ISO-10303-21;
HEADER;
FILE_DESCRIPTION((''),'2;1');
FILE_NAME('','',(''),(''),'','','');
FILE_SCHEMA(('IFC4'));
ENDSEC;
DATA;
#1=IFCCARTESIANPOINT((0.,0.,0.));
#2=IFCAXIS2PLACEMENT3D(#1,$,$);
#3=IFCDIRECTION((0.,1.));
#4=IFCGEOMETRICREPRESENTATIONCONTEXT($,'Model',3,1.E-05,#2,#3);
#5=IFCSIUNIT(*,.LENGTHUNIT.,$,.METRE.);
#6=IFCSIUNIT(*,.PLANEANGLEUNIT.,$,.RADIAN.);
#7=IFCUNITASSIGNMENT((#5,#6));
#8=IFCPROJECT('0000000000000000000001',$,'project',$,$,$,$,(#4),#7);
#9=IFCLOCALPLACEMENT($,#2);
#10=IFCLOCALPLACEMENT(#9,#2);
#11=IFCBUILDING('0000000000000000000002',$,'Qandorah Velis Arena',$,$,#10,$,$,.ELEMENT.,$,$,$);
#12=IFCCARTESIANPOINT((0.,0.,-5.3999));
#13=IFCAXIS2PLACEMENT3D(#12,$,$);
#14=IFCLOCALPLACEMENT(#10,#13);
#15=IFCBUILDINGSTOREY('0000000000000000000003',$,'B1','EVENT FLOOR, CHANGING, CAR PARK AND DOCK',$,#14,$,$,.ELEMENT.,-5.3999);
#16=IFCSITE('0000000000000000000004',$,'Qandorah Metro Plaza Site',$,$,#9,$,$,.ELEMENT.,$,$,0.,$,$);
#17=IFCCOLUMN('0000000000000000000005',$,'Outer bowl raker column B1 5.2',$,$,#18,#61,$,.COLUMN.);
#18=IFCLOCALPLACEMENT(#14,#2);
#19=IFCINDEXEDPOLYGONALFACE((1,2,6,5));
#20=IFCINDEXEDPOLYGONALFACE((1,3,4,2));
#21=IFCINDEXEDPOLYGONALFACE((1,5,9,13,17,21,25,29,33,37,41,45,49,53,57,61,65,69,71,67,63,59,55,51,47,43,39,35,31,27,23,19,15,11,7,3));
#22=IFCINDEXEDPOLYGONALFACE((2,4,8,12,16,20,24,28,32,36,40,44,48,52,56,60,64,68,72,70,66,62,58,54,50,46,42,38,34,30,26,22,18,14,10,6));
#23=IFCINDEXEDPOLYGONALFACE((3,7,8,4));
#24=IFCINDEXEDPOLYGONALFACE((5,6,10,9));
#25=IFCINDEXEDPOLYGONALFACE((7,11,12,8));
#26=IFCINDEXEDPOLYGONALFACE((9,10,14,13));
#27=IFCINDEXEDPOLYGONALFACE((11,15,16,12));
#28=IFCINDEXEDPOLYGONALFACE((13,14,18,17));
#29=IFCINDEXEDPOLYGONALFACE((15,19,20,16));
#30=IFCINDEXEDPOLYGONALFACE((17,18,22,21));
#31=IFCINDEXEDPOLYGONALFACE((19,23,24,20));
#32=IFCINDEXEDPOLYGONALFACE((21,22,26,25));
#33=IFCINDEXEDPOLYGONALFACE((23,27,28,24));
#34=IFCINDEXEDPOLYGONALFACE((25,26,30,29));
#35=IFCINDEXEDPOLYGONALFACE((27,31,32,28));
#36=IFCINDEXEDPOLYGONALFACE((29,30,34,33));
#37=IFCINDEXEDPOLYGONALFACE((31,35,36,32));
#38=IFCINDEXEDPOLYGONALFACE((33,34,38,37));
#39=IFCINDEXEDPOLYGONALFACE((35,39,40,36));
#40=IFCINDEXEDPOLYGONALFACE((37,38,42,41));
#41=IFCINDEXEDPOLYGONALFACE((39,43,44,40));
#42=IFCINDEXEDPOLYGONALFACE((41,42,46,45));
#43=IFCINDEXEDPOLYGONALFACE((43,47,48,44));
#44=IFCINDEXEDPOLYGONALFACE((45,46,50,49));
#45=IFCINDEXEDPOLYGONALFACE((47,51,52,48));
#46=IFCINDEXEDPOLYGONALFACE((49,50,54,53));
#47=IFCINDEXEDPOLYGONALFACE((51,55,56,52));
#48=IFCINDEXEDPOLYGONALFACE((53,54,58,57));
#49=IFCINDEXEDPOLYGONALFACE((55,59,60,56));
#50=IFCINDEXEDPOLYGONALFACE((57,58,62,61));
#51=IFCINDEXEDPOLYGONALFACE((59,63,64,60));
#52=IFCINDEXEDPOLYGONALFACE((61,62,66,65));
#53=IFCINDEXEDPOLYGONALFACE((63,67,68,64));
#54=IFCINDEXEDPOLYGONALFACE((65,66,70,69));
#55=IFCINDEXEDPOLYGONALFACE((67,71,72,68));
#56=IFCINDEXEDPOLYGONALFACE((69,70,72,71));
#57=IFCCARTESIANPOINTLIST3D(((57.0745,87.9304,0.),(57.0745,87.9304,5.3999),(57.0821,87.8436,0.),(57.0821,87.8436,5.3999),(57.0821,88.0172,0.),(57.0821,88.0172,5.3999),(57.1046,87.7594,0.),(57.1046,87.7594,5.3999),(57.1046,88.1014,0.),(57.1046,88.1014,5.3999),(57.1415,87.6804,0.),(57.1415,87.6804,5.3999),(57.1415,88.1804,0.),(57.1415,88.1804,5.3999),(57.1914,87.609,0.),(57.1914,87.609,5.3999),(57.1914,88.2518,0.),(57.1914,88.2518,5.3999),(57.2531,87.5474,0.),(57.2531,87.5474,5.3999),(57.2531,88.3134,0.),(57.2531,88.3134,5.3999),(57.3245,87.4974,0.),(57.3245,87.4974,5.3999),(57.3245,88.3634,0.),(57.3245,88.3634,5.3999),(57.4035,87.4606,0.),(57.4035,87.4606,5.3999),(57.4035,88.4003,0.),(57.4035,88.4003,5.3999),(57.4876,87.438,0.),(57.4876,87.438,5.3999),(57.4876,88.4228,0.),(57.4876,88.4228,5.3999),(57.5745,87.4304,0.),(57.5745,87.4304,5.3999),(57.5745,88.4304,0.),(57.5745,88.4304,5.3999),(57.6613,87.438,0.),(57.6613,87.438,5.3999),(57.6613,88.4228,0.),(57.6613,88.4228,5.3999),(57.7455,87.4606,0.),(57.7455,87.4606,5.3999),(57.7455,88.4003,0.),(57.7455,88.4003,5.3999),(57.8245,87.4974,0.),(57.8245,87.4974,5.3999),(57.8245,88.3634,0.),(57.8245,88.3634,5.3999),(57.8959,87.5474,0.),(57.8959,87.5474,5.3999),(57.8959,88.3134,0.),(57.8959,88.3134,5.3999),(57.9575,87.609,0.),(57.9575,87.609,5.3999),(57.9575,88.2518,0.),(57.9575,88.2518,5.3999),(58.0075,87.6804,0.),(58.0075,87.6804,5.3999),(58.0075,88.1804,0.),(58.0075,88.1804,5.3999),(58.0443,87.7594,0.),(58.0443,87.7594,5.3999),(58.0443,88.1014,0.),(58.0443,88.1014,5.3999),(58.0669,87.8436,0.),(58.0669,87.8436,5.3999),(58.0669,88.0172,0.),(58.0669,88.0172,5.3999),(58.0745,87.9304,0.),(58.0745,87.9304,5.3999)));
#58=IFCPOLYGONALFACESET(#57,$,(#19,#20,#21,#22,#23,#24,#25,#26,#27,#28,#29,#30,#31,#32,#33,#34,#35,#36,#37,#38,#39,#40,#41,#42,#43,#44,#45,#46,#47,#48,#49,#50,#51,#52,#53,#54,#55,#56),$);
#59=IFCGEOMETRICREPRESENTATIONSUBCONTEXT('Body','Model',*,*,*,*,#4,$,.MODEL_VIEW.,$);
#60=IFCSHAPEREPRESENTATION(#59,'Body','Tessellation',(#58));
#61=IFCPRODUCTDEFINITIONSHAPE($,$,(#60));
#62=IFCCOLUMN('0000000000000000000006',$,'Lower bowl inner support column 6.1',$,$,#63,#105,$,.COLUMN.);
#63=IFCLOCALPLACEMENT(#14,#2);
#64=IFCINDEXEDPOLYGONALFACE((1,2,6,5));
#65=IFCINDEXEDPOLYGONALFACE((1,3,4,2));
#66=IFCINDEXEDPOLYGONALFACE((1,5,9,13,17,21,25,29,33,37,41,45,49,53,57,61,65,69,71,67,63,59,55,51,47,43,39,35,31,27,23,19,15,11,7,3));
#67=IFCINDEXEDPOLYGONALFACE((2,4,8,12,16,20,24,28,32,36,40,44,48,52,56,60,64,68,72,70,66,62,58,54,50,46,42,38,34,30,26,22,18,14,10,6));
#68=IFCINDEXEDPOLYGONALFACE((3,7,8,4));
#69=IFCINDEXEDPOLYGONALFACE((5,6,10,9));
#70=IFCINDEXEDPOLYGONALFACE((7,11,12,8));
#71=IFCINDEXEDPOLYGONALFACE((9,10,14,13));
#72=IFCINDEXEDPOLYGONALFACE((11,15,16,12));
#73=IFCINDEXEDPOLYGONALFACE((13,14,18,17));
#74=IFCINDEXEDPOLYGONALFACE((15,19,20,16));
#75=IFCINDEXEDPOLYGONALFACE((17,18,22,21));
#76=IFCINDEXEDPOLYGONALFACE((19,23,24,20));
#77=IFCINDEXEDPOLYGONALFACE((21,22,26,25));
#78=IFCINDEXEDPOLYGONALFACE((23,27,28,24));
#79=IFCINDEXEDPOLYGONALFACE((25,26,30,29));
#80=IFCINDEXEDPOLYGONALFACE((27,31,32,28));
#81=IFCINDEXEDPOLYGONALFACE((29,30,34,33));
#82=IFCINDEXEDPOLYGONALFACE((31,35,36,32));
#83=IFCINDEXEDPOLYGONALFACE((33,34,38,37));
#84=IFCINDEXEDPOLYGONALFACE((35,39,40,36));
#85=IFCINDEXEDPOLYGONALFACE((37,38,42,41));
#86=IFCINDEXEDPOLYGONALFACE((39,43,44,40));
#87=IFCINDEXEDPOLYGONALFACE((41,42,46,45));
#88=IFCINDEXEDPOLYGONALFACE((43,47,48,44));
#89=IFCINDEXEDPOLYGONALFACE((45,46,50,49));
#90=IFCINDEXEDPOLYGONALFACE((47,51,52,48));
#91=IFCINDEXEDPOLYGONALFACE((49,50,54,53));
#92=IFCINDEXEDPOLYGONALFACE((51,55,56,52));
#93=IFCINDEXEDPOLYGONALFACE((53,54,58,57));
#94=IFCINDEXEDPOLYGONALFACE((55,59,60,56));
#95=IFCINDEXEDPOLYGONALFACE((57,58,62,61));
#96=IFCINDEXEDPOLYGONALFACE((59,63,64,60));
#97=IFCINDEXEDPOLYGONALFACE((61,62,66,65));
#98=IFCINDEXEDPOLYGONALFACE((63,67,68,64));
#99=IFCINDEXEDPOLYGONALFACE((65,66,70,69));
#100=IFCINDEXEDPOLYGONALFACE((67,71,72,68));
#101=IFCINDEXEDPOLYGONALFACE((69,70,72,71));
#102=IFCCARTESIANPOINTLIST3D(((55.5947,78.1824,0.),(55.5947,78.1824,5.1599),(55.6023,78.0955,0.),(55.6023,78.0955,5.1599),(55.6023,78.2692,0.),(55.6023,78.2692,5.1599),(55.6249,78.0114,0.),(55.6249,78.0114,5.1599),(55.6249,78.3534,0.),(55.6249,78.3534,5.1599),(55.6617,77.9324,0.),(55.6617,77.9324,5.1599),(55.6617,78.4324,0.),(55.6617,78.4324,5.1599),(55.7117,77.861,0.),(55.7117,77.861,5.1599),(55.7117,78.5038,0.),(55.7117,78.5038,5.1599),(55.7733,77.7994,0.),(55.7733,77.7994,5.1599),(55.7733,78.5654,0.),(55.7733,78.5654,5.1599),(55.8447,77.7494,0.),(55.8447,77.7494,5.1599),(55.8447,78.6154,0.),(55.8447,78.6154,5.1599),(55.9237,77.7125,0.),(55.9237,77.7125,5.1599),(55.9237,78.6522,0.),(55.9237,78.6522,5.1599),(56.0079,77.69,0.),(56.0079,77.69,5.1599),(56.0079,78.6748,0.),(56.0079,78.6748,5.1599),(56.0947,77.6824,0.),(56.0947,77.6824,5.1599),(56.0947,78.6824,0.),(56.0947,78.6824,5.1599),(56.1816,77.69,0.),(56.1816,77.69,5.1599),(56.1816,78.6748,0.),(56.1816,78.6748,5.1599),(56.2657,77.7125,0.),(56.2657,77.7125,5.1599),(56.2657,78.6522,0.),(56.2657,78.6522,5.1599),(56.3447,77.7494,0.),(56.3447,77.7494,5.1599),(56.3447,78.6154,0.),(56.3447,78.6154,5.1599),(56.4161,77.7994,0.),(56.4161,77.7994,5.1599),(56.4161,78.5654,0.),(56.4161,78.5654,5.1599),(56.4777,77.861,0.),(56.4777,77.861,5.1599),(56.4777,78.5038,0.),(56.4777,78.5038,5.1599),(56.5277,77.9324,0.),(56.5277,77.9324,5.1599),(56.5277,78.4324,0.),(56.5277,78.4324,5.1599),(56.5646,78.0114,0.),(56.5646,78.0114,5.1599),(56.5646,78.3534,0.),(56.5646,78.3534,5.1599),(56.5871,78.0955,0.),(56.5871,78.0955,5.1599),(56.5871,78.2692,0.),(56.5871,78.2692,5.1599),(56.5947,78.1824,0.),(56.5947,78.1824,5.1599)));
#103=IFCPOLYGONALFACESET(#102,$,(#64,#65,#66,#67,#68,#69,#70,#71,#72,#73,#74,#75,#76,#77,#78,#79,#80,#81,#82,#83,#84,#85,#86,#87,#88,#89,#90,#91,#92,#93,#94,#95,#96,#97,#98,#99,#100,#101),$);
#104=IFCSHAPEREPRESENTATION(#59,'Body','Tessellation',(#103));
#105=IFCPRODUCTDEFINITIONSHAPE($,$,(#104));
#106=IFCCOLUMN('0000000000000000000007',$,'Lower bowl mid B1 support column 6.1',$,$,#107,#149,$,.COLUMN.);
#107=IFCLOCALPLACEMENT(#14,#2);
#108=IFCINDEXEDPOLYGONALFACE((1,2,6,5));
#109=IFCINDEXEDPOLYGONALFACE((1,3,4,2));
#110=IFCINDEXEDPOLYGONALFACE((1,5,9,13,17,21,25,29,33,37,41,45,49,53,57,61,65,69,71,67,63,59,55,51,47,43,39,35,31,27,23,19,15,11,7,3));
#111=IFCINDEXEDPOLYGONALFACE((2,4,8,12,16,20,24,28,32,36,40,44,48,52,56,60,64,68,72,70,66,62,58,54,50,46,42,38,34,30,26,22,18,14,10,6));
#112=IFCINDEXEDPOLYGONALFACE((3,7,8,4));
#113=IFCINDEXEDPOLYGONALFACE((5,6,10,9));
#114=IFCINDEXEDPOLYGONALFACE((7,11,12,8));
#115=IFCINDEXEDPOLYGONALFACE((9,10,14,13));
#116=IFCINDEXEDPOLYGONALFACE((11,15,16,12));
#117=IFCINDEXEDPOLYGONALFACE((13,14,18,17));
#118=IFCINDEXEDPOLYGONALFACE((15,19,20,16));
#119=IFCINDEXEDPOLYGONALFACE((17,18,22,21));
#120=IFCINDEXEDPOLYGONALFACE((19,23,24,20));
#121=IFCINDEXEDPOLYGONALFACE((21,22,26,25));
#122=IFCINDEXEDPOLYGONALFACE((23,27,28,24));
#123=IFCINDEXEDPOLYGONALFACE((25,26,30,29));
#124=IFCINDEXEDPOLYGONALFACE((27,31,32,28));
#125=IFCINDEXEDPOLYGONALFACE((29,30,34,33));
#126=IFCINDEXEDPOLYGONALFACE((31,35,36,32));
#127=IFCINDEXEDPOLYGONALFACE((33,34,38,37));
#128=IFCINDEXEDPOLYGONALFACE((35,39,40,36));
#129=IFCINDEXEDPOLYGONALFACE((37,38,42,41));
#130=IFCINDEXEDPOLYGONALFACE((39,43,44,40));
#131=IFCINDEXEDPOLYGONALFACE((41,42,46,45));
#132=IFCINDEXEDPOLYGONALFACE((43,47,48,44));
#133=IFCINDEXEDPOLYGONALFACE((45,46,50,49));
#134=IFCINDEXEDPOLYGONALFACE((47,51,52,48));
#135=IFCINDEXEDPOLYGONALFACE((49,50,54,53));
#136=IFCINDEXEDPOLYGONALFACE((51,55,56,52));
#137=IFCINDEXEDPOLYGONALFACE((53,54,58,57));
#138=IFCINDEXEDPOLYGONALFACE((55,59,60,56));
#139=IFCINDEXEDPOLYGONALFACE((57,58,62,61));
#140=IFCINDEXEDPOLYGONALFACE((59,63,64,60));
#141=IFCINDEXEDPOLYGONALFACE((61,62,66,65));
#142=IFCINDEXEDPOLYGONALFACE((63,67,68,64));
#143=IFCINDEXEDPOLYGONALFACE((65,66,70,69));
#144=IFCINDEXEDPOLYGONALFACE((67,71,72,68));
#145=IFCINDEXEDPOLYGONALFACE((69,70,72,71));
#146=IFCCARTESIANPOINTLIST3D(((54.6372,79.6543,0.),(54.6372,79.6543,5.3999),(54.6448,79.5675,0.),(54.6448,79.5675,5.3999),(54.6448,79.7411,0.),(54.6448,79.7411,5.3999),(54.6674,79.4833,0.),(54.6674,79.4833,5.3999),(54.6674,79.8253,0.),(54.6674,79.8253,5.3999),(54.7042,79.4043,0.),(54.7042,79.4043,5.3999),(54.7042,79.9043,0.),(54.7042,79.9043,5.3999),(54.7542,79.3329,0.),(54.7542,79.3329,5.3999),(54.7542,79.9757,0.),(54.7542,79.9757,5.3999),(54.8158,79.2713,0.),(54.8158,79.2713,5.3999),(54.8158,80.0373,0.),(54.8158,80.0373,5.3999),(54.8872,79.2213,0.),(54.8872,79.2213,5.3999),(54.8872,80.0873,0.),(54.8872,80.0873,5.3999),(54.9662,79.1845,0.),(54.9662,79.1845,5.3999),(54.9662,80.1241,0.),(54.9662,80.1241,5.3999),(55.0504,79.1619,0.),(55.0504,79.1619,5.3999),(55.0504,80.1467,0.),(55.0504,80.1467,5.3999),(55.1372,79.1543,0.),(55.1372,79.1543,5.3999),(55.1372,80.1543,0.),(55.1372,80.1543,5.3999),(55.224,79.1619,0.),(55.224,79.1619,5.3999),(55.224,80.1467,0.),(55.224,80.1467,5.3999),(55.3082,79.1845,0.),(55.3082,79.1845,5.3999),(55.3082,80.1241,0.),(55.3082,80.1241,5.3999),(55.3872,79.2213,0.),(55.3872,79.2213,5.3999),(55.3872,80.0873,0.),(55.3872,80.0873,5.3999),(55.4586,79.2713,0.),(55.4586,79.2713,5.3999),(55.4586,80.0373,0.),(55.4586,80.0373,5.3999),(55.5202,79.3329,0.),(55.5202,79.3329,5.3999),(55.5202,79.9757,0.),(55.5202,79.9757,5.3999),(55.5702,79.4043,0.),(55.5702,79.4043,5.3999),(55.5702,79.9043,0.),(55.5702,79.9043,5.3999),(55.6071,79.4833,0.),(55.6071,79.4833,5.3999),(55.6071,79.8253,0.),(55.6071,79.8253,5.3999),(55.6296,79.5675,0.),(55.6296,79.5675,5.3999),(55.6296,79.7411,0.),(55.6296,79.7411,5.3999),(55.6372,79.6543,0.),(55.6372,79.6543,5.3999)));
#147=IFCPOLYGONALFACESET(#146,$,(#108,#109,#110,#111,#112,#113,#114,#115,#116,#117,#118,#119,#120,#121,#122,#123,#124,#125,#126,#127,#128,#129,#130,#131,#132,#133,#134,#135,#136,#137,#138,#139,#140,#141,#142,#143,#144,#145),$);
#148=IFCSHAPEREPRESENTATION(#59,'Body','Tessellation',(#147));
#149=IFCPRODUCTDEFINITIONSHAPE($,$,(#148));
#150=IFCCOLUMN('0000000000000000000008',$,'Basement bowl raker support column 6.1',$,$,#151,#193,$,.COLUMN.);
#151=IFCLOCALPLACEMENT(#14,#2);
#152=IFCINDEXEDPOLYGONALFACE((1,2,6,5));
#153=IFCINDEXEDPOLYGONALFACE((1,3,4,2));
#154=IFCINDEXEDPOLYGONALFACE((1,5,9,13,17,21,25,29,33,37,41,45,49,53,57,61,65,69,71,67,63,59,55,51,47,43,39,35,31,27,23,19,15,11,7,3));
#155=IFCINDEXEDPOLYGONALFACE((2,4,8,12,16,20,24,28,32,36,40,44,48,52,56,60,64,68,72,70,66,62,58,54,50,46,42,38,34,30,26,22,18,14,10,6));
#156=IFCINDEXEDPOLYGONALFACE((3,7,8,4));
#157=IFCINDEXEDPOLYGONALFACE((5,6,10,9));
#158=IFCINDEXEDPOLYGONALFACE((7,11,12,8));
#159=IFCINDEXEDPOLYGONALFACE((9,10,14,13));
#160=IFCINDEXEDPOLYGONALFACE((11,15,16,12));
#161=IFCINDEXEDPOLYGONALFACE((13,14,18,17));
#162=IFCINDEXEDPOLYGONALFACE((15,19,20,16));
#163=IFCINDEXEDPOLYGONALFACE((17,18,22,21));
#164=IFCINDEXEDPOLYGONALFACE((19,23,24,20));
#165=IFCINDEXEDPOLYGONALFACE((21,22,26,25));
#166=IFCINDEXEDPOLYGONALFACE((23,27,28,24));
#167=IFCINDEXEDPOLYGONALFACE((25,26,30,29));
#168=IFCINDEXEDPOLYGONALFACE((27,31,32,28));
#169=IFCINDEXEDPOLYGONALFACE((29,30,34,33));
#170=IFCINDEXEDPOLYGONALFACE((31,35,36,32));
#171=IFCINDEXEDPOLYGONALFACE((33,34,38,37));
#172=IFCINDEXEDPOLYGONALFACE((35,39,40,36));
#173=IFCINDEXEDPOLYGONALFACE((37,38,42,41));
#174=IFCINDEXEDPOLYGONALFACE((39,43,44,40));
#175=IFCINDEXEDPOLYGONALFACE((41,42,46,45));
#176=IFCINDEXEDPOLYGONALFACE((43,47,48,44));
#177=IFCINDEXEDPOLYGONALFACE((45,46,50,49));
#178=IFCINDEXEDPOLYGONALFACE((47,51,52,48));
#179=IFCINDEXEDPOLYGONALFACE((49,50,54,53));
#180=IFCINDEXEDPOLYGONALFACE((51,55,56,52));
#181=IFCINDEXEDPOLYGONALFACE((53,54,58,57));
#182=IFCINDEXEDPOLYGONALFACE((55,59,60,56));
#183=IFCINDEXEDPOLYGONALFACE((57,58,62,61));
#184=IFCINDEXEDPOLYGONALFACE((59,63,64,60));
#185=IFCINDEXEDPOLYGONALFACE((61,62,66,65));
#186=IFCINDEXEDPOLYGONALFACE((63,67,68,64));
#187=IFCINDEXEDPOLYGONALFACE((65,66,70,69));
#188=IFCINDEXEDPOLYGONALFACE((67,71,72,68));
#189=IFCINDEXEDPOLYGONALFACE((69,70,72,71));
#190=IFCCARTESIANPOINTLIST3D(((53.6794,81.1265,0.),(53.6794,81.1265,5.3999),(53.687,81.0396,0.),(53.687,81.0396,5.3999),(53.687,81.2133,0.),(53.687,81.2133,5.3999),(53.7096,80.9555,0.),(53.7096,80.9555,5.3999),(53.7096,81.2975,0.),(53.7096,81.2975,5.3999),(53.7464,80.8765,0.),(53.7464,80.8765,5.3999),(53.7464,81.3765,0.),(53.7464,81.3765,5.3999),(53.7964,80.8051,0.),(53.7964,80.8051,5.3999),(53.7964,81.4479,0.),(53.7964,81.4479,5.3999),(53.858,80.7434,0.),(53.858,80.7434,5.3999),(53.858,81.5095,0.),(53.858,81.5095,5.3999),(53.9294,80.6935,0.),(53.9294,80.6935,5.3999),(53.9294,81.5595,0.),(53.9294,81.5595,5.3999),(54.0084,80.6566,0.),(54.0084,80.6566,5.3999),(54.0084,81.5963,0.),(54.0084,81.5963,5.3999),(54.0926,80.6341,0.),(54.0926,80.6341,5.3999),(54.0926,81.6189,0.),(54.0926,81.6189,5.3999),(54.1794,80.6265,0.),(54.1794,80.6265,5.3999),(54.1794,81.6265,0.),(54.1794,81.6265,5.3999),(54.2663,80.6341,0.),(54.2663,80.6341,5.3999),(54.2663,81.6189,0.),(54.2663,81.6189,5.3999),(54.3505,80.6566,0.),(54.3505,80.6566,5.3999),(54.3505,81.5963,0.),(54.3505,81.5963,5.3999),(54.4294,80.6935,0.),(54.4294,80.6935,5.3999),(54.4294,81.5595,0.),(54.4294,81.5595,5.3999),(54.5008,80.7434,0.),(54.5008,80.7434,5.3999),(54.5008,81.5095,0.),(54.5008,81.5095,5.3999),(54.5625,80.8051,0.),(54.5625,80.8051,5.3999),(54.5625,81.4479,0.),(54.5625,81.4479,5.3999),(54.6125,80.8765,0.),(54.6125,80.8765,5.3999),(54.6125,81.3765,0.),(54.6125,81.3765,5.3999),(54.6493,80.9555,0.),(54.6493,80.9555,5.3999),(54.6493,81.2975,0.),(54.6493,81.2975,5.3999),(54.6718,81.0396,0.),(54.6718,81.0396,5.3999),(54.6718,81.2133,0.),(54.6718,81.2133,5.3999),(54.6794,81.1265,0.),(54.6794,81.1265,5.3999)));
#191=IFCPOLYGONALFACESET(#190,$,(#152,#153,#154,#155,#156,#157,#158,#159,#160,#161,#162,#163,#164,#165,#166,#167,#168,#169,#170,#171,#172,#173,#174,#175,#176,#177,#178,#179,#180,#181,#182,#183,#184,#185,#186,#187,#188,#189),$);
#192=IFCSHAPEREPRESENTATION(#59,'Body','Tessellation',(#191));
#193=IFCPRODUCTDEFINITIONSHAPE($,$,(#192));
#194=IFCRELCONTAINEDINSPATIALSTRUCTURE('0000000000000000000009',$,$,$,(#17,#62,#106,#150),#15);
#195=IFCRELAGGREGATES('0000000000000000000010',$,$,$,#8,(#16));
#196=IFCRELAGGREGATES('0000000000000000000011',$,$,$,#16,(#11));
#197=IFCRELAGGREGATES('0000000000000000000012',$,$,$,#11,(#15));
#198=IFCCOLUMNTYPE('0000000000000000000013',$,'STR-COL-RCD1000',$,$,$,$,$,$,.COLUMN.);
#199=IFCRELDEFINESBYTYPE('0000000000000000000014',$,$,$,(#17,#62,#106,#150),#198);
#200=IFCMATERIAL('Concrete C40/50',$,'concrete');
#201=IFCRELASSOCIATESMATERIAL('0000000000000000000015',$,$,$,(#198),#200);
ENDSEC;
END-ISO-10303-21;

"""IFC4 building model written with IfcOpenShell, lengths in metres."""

from ifc_helpers import new_model, si_unit, direction, frame, origin, origin_2d, place, context, subcontext, project, spatial, circle, extrude, material, material_profile, profile_set, type_object, element, save


model = new_model("IFC4")

# Units and contexts
model_context = context("Model", 3, precision=1e-05, world=origin(), true_north=direction((0.0, 1.0)))
body_context = subcontext(model_context, "Body", "Model", "MODEL_VIEW")
ifc_project = project(units=[si_unit("LENGTHUNIT", "METRE"), si_unit("PLANEANGLEUNIT", "RADIAN")], contexts=[model_context])

# Site, building, storey
site_placement = place(None, origin())
site = spatial("IfcSite", under=ifc_project, at=site_placement, Name="Qandorah Metro Plaza Site", CompositionType="ELEMENT", RefElevation=0.0)
building_placement = place(site_placement, origin())
building = spatial("IfcBuilding", under=site, at=building_placement, Name="Qandorah Velis Arena", CompositionType="ELEMENT")
storey_placement = place(building_placement, frame((0.0, 0.0, -5.3999)))
storey = spatial("IfcBuildingStorey", under=building, at=storey_placement, Name="B1", Description="EVENT FLOOR, CHANGING, CAR PARK AND DOCK", CompositionType="ELEMENT", Elevation=-5.3999)

# Shared definitions
ifc_material = material(Name="Concrete C40/50", Category="concrete")

# Columns
ifc_material_profile_1 = material_profile(ifc_material, circle(Radius=0.5, at=origin_2d()), Name="RC D1000")
ifc_profile_set_1 = profile_set([ifc_material_profile_1], Name="Concrete C40/50")
column_type_1 = type_object("IfcColumnType", Name="STR-COL-RCD1000", PredefinedType="COLUMN", material=ifc_profile_set_1)
for number, where, z_axis, x_axis, name in (
    (1, (57.5745, 87.9304, 0.0), (0.0, 0.0, 1.0), (1.0, 0.0, 0.0), "Outer bowl raker column B1 5.2"),
):
    element("IfcColumn", number, at=place(storey_placement, frame(where, z_axis=z_axis, x_axis=x_axis)), inside=storey, type_object=column_type_1, Name=name, PredefinedType="COLUMN", context=body_context, shape_type="SweptSolid", body=[
        extrude(circle(Radius=0.5, at=origin_2d()), origin(), (0.0, 0.0, 1.0), 5.3999),
    ])
column_1_placement = place(storey_placement, frame((56.0947, 78.1824, 0.0), z_axis=(0.0, 0.0, 1.0), x_axis=(1.0, 0.0, 0.0)))
element("IfcColumn", 2, at=column_1_placement, inside=storey, type_object=column_type_1, Name="Lower bowl inner support column 6.1", PredefinedType="COLUMN", context=body_context, shape_type="SweptSolid", body=[
    extrude(circle(Radius=0.5, at=origin_2d()), origin(), (0.0, 0.0, 1.0), 5.1599),
])
for number, where, z_axis, x_axis, name in (
    (3, (55.1372, 79.6543, 0.0), (0.0, 0.0, 1.0), (1.0, 0.0, 0.0), "Lower bowl mid B1 support column 6.1"),
    (4, (54.1794, 81.1265, 0.0), (0.0, 0.0, 1.0), (1.0, 0.0, 0.0), "Basement bowl raker support column 6.1"),
):
    element("IfcColumn", number, at=place(storey_placement, frame(where, z_axis=z_axis, x_axis=x_axis)), inside=storey, type_object=column_type_1, Name=name, PredefinedType="COLUMN", context=body_context, shape_type="SweptSolid", body=[
        extrude(circle(Radius=0.5, at=origin_2d()), origin(), (0.0, 0.0, 1.0), 5.3999),
    ])

save(model, "model.ifc")
